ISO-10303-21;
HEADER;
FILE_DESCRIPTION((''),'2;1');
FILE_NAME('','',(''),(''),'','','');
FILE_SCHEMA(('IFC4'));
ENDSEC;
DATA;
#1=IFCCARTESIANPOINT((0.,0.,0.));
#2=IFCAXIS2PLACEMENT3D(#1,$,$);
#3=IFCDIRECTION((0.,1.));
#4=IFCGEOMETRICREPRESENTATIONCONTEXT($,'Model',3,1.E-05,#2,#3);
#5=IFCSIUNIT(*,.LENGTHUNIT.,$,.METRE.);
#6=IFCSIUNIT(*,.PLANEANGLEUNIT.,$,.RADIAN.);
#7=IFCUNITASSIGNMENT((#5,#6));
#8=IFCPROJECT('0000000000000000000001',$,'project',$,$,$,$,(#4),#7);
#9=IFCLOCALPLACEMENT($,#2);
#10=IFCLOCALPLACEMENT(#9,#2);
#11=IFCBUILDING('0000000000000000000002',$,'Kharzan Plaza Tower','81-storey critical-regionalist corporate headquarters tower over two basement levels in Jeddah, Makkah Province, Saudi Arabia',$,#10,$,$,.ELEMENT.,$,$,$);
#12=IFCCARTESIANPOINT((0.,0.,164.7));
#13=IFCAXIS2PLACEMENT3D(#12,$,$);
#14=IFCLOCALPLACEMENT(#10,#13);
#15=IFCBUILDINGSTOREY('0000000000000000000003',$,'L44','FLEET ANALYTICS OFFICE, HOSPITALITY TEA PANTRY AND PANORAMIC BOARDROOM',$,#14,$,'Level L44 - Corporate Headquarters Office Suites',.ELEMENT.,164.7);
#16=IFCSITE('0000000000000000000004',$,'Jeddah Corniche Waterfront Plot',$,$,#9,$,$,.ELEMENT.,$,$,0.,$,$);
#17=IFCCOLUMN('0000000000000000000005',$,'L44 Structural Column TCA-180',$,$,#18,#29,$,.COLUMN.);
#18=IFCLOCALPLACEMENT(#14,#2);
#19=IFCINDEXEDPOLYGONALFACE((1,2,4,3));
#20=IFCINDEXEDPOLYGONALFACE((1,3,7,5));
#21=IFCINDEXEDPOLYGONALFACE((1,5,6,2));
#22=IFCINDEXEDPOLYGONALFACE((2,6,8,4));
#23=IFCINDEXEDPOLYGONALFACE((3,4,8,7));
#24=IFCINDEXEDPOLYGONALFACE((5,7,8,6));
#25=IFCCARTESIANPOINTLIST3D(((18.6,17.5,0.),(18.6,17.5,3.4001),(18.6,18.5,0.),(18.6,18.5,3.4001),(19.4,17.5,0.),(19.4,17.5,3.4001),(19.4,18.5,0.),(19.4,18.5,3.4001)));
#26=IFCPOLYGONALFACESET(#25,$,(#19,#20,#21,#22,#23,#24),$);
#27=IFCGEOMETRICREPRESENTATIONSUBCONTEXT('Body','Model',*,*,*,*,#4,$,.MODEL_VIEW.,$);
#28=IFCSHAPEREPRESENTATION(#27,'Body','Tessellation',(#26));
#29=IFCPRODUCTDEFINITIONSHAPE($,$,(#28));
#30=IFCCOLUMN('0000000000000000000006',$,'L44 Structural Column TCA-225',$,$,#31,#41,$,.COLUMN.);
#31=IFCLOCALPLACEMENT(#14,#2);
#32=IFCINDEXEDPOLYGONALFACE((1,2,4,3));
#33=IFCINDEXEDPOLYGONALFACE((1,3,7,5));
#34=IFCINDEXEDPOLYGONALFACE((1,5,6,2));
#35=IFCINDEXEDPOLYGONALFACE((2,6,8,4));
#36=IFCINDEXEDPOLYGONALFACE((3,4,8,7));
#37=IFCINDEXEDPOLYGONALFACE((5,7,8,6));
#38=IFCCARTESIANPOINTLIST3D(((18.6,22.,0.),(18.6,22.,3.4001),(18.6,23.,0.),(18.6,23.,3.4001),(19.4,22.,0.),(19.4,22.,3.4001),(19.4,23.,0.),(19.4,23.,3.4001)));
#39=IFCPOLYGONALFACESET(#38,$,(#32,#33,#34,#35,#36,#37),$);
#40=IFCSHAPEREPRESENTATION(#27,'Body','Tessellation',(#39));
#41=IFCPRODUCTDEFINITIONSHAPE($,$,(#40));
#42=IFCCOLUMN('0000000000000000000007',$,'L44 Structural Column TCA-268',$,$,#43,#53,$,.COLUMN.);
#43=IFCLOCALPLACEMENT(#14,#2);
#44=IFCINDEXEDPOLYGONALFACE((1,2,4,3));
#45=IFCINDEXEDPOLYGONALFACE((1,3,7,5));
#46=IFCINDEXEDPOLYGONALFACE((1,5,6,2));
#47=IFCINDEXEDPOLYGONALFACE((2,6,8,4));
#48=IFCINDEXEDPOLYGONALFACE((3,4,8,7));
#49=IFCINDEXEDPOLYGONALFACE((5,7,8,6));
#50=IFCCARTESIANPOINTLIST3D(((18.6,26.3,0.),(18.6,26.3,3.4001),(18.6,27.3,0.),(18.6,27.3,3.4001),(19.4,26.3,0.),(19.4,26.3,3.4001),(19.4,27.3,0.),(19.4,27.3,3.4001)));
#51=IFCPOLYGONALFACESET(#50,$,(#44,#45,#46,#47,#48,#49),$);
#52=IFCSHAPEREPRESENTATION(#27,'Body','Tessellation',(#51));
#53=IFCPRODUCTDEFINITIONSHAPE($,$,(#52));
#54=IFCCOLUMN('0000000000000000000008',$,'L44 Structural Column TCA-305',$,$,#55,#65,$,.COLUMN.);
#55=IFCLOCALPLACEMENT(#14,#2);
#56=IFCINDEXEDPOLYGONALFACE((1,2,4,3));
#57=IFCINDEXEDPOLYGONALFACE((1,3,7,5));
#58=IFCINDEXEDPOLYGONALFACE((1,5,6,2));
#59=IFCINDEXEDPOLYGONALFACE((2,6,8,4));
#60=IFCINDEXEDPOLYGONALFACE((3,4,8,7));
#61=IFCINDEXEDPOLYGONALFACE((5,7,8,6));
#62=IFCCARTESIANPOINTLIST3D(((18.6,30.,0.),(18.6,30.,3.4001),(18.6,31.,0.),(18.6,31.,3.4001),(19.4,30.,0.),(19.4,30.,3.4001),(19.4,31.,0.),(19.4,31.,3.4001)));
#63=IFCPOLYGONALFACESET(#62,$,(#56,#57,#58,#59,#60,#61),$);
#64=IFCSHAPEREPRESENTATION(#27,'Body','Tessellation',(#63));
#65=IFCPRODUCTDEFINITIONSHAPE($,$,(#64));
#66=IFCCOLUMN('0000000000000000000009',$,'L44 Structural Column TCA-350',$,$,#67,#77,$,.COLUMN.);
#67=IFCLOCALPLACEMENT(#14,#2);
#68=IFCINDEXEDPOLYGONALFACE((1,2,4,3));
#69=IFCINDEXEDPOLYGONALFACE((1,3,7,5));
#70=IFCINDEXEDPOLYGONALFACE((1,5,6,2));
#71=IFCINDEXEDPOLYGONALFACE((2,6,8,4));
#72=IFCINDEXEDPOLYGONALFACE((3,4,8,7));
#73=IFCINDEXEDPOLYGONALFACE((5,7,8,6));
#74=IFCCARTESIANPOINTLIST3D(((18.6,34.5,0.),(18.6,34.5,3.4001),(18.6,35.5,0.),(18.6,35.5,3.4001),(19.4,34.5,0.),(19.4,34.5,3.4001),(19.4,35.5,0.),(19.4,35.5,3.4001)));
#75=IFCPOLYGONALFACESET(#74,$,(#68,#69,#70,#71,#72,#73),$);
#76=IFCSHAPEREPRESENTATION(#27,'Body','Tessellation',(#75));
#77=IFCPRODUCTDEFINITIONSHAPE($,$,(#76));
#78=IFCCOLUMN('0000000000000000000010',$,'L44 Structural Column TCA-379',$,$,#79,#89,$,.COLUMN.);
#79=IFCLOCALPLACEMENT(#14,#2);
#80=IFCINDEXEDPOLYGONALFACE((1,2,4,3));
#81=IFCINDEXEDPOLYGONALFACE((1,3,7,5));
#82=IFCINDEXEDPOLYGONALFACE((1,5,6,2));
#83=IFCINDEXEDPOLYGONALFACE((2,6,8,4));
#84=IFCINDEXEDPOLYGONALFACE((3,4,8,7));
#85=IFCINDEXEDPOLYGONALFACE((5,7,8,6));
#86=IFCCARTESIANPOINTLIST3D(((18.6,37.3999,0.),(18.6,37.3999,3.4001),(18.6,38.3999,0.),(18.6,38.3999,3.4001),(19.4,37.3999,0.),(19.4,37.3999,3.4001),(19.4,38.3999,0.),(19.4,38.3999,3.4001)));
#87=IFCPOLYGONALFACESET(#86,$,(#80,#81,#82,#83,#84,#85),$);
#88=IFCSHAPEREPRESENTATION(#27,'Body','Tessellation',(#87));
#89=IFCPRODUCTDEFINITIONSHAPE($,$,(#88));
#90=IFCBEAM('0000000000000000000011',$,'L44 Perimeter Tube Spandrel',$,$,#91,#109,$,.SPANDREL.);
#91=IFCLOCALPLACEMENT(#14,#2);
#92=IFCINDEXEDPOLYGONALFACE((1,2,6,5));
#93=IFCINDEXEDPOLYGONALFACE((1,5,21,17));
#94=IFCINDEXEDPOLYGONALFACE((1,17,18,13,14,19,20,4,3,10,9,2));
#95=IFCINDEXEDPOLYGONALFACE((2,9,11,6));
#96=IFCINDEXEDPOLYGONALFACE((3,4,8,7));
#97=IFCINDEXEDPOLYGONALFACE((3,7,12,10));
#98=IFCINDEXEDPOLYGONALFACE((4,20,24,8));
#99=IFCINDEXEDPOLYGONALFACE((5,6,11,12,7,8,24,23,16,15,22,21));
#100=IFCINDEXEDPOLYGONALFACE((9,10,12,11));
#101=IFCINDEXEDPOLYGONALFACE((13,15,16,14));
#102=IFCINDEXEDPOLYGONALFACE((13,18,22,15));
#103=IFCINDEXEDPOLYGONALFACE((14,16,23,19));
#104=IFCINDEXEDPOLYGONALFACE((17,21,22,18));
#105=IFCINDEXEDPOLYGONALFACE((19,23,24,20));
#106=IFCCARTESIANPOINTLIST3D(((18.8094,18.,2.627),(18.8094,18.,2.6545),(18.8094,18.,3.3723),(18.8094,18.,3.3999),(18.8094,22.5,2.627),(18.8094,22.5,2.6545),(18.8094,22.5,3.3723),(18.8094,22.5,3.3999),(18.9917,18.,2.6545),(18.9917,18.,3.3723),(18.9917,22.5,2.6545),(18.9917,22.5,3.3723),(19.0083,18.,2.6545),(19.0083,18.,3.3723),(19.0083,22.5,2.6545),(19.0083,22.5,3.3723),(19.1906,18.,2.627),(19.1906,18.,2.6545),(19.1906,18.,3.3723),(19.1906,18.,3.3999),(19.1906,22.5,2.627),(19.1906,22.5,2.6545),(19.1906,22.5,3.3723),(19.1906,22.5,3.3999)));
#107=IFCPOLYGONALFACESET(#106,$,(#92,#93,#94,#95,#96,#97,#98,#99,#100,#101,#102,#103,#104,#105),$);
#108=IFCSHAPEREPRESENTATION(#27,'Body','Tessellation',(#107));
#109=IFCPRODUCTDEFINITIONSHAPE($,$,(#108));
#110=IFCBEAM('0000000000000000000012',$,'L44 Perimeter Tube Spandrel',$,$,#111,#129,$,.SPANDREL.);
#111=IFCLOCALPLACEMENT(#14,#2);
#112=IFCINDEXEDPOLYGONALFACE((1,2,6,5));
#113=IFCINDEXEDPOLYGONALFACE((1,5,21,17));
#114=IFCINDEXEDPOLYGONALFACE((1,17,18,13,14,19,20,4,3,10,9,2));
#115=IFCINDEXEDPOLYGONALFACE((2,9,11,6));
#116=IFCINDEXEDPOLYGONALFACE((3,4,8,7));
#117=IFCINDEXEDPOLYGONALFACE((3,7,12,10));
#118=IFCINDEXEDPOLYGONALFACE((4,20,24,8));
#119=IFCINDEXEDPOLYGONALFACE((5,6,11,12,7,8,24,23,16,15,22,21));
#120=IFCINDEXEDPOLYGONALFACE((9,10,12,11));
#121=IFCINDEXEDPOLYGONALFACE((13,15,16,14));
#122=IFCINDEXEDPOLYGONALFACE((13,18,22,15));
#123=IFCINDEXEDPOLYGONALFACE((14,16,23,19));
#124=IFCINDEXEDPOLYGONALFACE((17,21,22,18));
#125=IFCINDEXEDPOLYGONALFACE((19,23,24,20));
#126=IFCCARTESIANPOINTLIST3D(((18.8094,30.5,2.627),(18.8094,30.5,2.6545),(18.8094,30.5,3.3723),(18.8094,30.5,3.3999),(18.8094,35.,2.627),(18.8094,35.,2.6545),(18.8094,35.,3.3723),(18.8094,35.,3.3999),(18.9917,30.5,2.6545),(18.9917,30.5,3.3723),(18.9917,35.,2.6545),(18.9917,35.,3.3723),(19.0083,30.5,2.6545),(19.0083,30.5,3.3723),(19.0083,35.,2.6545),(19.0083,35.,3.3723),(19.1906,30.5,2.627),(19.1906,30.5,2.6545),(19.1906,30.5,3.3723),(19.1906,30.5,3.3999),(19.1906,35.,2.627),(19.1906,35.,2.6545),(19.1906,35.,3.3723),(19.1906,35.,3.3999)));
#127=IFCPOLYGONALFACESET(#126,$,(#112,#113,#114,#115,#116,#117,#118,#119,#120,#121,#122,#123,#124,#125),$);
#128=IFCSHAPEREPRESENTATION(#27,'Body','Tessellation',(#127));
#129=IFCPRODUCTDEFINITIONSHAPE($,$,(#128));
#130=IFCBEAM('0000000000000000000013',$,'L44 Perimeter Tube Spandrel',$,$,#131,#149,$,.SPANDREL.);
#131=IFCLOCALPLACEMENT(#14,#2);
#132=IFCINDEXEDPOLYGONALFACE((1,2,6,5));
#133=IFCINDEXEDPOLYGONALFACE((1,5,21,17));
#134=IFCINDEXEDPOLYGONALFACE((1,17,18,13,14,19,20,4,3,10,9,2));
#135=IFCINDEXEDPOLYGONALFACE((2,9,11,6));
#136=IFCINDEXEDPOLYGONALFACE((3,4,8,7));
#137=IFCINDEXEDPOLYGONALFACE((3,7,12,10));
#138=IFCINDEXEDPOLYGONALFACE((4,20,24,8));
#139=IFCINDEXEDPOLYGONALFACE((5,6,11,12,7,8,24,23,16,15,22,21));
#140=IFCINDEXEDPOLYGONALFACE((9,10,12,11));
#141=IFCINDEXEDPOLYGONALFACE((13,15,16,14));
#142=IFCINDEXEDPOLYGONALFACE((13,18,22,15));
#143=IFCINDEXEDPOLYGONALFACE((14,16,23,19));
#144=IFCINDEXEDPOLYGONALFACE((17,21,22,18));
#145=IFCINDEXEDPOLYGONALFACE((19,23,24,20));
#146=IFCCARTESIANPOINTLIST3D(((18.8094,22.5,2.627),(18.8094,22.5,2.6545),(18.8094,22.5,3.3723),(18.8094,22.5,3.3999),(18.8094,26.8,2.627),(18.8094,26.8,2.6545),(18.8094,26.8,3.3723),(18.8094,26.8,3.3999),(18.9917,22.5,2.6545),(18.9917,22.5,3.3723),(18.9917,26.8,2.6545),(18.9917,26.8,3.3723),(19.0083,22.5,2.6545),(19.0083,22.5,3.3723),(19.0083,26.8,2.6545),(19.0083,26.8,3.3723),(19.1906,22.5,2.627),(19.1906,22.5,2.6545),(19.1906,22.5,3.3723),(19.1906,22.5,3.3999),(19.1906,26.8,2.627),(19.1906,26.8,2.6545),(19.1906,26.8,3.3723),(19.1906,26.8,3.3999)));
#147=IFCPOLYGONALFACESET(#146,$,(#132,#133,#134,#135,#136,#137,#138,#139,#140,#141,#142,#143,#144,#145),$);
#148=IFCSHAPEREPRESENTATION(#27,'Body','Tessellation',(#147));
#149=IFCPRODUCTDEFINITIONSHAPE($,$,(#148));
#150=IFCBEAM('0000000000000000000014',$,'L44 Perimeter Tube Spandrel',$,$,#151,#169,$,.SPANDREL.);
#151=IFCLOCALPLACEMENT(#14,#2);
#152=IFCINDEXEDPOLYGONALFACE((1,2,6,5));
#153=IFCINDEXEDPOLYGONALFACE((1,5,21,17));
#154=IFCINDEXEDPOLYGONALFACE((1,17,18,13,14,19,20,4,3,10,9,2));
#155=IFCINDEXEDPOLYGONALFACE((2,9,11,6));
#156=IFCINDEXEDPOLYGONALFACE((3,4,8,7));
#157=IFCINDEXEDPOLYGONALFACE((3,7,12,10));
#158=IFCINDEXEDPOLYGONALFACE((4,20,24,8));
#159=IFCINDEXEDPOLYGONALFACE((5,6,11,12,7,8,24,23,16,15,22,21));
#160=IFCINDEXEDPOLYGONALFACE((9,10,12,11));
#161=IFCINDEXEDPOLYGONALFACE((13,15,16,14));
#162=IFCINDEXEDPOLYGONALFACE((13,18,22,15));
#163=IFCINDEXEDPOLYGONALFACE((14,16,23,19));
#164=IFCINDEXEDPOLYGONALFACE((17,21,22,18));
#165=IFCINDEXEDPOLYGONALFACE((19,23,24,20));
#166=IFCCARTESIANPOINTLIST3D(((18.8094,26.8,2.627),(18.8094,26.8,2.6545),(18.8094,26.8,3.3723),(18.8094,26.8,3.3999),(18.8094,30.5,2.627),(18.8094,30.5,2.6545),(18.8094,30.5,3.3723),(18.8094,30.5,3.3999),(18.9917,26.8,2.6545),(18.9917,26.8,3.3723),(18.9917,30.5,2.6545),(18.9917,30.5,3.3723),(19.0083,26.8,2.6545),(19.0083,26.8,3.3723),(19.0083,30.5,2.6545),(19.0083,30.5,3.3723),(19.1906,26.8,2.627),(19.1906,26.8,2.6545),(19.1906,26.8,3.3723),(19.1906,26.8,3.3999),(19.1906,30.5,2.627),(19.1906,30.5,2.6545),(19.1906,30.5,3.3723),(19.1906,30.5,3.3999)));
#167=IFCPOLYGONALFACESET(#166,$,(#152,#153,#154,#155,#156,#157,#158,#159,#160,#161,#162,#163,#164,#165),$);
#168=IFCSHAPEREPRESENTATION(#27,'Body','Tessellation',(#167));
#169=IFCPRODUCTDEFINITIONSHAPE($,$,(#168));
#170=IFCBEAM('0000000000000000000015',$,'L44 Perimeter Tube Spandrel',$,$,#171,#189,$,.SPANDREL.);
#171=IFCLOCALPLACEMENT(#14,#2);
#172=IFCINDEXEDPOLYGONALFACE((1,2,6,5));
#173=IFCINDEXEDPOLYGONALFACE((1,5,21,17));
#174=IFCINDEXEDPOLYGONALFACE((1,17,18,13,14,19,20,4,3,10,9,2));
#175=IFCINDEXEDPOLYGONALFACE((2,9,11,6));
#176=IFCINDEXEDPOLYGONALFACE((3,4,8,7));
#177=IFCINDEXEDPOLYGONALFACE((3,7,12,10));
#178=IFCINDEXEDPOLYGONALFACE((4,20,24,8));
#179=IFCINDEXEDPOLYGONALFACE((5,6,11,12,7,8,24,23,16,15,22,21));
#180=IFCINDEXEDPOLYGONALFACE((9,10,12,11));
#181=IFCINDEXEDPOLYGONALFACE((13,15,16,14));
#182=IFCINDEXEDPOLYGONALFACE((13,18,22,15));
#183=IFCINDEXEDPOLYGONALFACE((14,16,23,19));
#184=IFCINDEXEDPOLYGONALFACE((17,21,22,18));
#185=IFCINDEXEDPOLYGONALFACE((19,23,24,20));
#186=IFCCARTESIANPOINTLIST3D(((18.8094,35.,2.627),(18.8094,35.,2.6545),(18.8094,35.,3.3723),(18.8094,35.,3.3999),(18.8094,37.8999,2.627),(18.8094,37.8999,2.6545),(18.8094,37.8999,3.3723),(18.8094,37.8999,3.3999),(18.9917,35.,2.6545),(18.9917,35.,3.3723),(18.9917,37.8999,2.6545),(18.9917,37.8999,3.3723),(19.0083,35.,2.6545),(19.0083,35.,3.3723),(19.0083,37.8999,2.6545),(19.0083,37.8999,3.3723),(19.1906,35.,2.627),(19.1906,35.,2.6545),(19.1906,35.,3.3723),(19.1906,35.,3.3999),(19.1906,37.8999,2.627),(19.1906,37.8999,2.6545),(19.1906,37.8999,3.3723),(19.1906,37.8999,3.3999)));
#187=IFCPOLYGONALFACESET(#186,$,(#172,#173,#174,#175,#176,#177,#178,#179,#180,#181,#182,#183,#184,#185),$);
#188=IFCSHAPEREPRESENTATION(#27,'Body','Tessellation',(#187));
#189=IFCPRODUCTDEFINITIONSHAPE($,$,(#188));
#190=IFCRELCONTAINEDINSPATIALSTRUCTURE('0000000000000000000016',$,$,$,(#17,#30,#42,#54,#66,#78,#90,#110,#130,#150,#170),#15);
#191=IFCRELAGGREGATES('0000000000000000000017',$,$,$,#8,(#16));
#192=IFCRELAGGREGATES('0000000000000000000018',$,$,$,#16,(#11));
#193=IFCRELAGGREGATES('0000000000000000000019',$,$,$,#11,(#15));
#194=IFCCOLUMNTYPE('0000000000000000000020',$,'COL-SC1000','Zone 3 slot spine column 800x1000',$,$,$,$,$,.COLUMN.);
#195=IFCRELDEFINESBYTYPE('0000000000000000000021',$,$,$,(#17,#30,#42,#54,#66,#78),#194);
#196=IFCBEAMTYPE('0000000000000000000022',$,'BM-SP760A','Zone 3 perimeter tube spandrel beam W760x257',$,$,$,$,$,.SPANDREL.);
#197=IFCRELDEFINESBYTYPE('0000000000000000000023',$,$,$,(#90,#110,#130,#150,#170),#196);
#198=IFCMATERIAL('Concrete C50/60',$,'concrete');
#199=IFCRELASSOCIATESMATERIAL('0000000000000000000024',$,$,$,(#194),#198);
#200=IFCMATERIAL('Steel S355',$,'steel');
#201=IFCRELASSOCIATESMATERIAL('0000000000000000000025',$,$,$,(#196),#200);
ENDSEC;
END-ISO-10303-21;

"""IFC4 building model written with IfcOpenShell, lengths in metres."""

from ifc_helpers import new_model, si_unit, direction, frame, origin, origin_2d, place, context, subcontext, project, spatial, rectangle, i_section, extrude, source, transform, mapped, material, material_profile, profile_set, type_object, element, save


model = new_model("IFC4")

# Units and contexts
model_context = context("Model", 3, precision=1e-05, world=origin(), true_north=direction((0.0, 1.0)))
body_context = subcontext(model_context, "Body", "Model", "MODEL_VIEW")
ifc_project = project(units=[si_unit("LENGTHUNIT", "METRE"), si_unit("PLANEANGLEUNIT", "RADIAN")], contexts=[model_context])

# Site, building, storey
site_placement = place(None, origin())
site = spatial("IfcSite", under=ifc_project, at=site_placement, Name="Jeddah Corniche Waterfront Plot", CompositionType="ELEMENT", RefElevation=0.0)
building_placement = place(site_placement, origin())
building = spatial("IfcBuilding", under=site, at=building_placement, Name="Kharzan Plaza Tower", Description="81-storey critical-regionalist corporate headquarters tower over two basement levels in Jeddah, Makkah Province, Saudi Arabia", CompositionType="ELEMENT")
storey_placement = place(building_placement, frame((0.0, 0.0, 164.7)))
storey = spatial("IfcBuildingStorey", under=building, at=storey_placement, Name="L44", Description="FLEET ANALYTICS OFFICE, HOSPITALITY TEA PANTRY AND PANORAMIC BOARDROOM", LongName="Level L44 - Corporate Headquarters Office Suites", CompositionType="ELEMENT", Elevation=164.7)

# Columns
ifc_material_1 = material(Name="Concrete C50/60", Category="concrete")
ifc_material_profile_1 = material_profile(ifc_material_1, rectangle(XDim=0.8, YDim=1.0, at=origin_2d()), Name="RC-SC1000x800")
ifc_profile_set_1 = profile_set([ifc_material_profile_1], Name="Concrete C50/60")
column_type = type_object("IfcColumnType", Name="COL-SC1000", Description="Zone 3 slot spine column 800x1000", PredefinedType="COLUMN", material=ifc_profile_set_1)
shared_shape_1 = source(origin(), body_context, "Body", "SweptSolid", [
    extrude(rectangle(XDim=0.8, YDim=1.0, at=origin_2d()), origin(), (0.0, 0.0, 1.0), 3.4001),
])
for number, where, z_axis, x_axis, name in (
    (1, (19.0, 18.0, 0.0), (0.0, 0.0, 1.0), (1.0, 0.0, 0.0), "L44 Structural Column TCA-180"),
    (2, (19.0, 22.5, 0.0), (0.0, 0.0, 1.0), (1.0, 0.0, 0.0), "L44 Structural Column TCA-225"),
    (3, (19.0, 26.8, 0.0), (0.0, 0.0, 1.0), (1.0, 0.0, 0.0), "L44 Structural Column TCA-268"),
    (4, (19.0, 30.5, 0.0), (0.0, 0.0, 1.0), (1.0, 0.0, 0.0), "L44 Structural Column TCA-305"),
    (5, (19.0, 35.0, 0.0), (0.0, 0.0, 1.0), (1.0, 0.0, 0.0), "L44 Structural Column TCA-350"),
    (6, (19.0, 37.8999, 0.0), (0.0, 0.0, 1.0), (1.0, 0.0, 0.0), "L44 Structural Column TCA-379"),
):
    element("IfcColumn", number, at=place(storey_placement, frame(where, z_axis=z_axis, x_axis=x_axis)), inside=storey, type_object=column_type, Name=name, PredefinedType="COLUMN", context=body_context, shape_type="MappedRepresentation", body=[
        mapped(shared_shape_1, transform((0.0, 0.0, 0.0), x_axis=(1.0, 0.0, 0.0), y_axis=(0.0, 1.0, 0.0), z_axis=(0.0, 0.0, 1.0))),
    ])

# Beams
ifc_material_2 = material(Name="Steel S355", Category="steel")
ifc_material_profile_2 = material_profile(ifc_material_2, i_section(OverallWidth=0.3811, OverallDepth=0.7729, WebThickness=0.0166, FlangeThickness=0.0276, at=origin_2d()), Name="W760x257")
ifc_profile_set_2 = profile_set([ifc_material_profile_2], Name="Steel S355")
beam_type = type_object("IfcBeamType", Name="BM-SP760A", Description="Zone 3 perimeter tube spandrel beam W760x257", PredefinedType="SPANDREL", material=ifc_profile_set_2)
shared_shape_2 = source(origin(), body_context, "Body", "SweptSolid", [
    extrude(i_section(OverallWidth=0.3811, OverallDepth=0.7729, WebThickness=0.0166, FlangeThickness=0.0276, at=origin_2d()), origin(), (0.0, 0.0, 1.0), 4.5),
])
for number, where, z_axis, x_axis, name in (
    (7, (19.0, 18.0, 3.0134), (0.0, 1.0, 0.0), (-1.0, 0.0, 0.0), "L44 Perimeter Tube Spandrel"),
    (8, (19.0, 30.5, 3.0134), (0.0, 1.0, 0.0), (-1.0, 0.0, 0.0), "L44 Perimeter Tube Spandrel"),
):
    element("IfcBeam", number, at=place(storey_placement, frame(where, z_axis=z_axis, x_axis=x_axis)), inside=storey, type_object=beam_type, Name=name, PredefinedType="SPANDREL", context=body_context, shape_type="MappedRepresentation", body=[
        mapped(shared_shape_2, transform((0.0, 0.0, 0.0), x_axis=(1.0, 0.0, 0.0), y_axis=(0.0, 1.0, 0.0), z_axis=(0.0, 0.0, 1.0))),
    ])
shared_shape_3 = source(origin(), body_context, "Body", "SweptSolid", [
    extrude(i_section(OverallWidth=0.3811, OverallDepth=0.7729, WebThickness=0.0166, FlangeThickness=0.0276, at=origin_2d()), origin(), (0.0, 0.0, 1.0), 4.3),
])
beam_1_placement = place(storey_placement, frame((19.0, 22.5, 3.0134), z_axis=(0.0, 1.0, 0.0), x_axis=(-1.0, 0.0, 0.0)))
element("IfcBeam", 9, at=beam_1_placement, inside=storey, type_object=beam_type, Name="L44 Perimeter Tube Spandrel", PredefinedType="SPANDREL", context=body_context, shape_type="MappedRepresentation", body=[
    mapped(shared_shape_3, transform((0.0, 0.0, 0.0), x_axis=(1.0, 0.0, 0.0), y_axis=(0.0, 1.0, 0.0), z_axis=(0.0, 0.0, 1.0))),
])
shared_shape_4 = source(origin(), body_context, "Body", "SweptSolid", [
    extrude(i_section(OverallWidth=0.3811, OverallDepth=0.7729, WebThickness=0.0166, FlangeThickness=0.0276, at=origin_2d()), origin(), (0.0, 0.0, 1.0), 3.7),
])
beam_2_placement = place(storey_placement, frame((19.0, 26.8, 3.0134), z_axis=(0.0, 1.0, 0.0), x_axis=(-1.0, 0.0, 0.0)))
element("IfcBeam", 10, at=beam_2_placement, inside=storey, type_object=beam_type, Name="L44 Perimeter Tube Spandrel", PredefinedType="SPANDREL", context=body_context, shape_type="MappedRepresentation", body=[
    mapped(shared_shape_4, transform((0.0, 0.0, 0.0), x_axis=(1.0, 0.0, 0.0), y_axis=(0.0, 1.0, 0.0), z_axis=(0.0, 0.0, 1.0))),
])
shared_shape_5 = source(origin(), body_context, "Body", "SweptSolid", [
    extrude(i_section(OverallWidth=0.3811, OverallDepth=0.7729, WebThickness=0.0166, FlangeThickness=0.0276, at=origin_2d()), origin(), (0.0, 0.0, 1.0), 2.8999),
])
beam_3_placement = place(storey_placement, frame((19.0, 35.0, 3.0134), z_axis=(0.0, 1.0, 0.0), x_axis=(-1.0, 0.0, 0.0)))
element("IfcBeam", 11, at=beam_3_placement, inside=storey, type_object=beam_type, Name="L44 Perimeter Tube Spandrel", PredefinedType="SPANDREL", context=body_context, shape_type="MappedRepresentation", body=[
    mapped(shared_shape_5, transform((0.0, 0.0, 0.0), x_axis=(1.0, 0.0, 0.0), y_axis=(0.0, 1.0, 0.0), z_axis=(0.0, 0.0, 1.0))),
])

save(model, "model.ifc")
